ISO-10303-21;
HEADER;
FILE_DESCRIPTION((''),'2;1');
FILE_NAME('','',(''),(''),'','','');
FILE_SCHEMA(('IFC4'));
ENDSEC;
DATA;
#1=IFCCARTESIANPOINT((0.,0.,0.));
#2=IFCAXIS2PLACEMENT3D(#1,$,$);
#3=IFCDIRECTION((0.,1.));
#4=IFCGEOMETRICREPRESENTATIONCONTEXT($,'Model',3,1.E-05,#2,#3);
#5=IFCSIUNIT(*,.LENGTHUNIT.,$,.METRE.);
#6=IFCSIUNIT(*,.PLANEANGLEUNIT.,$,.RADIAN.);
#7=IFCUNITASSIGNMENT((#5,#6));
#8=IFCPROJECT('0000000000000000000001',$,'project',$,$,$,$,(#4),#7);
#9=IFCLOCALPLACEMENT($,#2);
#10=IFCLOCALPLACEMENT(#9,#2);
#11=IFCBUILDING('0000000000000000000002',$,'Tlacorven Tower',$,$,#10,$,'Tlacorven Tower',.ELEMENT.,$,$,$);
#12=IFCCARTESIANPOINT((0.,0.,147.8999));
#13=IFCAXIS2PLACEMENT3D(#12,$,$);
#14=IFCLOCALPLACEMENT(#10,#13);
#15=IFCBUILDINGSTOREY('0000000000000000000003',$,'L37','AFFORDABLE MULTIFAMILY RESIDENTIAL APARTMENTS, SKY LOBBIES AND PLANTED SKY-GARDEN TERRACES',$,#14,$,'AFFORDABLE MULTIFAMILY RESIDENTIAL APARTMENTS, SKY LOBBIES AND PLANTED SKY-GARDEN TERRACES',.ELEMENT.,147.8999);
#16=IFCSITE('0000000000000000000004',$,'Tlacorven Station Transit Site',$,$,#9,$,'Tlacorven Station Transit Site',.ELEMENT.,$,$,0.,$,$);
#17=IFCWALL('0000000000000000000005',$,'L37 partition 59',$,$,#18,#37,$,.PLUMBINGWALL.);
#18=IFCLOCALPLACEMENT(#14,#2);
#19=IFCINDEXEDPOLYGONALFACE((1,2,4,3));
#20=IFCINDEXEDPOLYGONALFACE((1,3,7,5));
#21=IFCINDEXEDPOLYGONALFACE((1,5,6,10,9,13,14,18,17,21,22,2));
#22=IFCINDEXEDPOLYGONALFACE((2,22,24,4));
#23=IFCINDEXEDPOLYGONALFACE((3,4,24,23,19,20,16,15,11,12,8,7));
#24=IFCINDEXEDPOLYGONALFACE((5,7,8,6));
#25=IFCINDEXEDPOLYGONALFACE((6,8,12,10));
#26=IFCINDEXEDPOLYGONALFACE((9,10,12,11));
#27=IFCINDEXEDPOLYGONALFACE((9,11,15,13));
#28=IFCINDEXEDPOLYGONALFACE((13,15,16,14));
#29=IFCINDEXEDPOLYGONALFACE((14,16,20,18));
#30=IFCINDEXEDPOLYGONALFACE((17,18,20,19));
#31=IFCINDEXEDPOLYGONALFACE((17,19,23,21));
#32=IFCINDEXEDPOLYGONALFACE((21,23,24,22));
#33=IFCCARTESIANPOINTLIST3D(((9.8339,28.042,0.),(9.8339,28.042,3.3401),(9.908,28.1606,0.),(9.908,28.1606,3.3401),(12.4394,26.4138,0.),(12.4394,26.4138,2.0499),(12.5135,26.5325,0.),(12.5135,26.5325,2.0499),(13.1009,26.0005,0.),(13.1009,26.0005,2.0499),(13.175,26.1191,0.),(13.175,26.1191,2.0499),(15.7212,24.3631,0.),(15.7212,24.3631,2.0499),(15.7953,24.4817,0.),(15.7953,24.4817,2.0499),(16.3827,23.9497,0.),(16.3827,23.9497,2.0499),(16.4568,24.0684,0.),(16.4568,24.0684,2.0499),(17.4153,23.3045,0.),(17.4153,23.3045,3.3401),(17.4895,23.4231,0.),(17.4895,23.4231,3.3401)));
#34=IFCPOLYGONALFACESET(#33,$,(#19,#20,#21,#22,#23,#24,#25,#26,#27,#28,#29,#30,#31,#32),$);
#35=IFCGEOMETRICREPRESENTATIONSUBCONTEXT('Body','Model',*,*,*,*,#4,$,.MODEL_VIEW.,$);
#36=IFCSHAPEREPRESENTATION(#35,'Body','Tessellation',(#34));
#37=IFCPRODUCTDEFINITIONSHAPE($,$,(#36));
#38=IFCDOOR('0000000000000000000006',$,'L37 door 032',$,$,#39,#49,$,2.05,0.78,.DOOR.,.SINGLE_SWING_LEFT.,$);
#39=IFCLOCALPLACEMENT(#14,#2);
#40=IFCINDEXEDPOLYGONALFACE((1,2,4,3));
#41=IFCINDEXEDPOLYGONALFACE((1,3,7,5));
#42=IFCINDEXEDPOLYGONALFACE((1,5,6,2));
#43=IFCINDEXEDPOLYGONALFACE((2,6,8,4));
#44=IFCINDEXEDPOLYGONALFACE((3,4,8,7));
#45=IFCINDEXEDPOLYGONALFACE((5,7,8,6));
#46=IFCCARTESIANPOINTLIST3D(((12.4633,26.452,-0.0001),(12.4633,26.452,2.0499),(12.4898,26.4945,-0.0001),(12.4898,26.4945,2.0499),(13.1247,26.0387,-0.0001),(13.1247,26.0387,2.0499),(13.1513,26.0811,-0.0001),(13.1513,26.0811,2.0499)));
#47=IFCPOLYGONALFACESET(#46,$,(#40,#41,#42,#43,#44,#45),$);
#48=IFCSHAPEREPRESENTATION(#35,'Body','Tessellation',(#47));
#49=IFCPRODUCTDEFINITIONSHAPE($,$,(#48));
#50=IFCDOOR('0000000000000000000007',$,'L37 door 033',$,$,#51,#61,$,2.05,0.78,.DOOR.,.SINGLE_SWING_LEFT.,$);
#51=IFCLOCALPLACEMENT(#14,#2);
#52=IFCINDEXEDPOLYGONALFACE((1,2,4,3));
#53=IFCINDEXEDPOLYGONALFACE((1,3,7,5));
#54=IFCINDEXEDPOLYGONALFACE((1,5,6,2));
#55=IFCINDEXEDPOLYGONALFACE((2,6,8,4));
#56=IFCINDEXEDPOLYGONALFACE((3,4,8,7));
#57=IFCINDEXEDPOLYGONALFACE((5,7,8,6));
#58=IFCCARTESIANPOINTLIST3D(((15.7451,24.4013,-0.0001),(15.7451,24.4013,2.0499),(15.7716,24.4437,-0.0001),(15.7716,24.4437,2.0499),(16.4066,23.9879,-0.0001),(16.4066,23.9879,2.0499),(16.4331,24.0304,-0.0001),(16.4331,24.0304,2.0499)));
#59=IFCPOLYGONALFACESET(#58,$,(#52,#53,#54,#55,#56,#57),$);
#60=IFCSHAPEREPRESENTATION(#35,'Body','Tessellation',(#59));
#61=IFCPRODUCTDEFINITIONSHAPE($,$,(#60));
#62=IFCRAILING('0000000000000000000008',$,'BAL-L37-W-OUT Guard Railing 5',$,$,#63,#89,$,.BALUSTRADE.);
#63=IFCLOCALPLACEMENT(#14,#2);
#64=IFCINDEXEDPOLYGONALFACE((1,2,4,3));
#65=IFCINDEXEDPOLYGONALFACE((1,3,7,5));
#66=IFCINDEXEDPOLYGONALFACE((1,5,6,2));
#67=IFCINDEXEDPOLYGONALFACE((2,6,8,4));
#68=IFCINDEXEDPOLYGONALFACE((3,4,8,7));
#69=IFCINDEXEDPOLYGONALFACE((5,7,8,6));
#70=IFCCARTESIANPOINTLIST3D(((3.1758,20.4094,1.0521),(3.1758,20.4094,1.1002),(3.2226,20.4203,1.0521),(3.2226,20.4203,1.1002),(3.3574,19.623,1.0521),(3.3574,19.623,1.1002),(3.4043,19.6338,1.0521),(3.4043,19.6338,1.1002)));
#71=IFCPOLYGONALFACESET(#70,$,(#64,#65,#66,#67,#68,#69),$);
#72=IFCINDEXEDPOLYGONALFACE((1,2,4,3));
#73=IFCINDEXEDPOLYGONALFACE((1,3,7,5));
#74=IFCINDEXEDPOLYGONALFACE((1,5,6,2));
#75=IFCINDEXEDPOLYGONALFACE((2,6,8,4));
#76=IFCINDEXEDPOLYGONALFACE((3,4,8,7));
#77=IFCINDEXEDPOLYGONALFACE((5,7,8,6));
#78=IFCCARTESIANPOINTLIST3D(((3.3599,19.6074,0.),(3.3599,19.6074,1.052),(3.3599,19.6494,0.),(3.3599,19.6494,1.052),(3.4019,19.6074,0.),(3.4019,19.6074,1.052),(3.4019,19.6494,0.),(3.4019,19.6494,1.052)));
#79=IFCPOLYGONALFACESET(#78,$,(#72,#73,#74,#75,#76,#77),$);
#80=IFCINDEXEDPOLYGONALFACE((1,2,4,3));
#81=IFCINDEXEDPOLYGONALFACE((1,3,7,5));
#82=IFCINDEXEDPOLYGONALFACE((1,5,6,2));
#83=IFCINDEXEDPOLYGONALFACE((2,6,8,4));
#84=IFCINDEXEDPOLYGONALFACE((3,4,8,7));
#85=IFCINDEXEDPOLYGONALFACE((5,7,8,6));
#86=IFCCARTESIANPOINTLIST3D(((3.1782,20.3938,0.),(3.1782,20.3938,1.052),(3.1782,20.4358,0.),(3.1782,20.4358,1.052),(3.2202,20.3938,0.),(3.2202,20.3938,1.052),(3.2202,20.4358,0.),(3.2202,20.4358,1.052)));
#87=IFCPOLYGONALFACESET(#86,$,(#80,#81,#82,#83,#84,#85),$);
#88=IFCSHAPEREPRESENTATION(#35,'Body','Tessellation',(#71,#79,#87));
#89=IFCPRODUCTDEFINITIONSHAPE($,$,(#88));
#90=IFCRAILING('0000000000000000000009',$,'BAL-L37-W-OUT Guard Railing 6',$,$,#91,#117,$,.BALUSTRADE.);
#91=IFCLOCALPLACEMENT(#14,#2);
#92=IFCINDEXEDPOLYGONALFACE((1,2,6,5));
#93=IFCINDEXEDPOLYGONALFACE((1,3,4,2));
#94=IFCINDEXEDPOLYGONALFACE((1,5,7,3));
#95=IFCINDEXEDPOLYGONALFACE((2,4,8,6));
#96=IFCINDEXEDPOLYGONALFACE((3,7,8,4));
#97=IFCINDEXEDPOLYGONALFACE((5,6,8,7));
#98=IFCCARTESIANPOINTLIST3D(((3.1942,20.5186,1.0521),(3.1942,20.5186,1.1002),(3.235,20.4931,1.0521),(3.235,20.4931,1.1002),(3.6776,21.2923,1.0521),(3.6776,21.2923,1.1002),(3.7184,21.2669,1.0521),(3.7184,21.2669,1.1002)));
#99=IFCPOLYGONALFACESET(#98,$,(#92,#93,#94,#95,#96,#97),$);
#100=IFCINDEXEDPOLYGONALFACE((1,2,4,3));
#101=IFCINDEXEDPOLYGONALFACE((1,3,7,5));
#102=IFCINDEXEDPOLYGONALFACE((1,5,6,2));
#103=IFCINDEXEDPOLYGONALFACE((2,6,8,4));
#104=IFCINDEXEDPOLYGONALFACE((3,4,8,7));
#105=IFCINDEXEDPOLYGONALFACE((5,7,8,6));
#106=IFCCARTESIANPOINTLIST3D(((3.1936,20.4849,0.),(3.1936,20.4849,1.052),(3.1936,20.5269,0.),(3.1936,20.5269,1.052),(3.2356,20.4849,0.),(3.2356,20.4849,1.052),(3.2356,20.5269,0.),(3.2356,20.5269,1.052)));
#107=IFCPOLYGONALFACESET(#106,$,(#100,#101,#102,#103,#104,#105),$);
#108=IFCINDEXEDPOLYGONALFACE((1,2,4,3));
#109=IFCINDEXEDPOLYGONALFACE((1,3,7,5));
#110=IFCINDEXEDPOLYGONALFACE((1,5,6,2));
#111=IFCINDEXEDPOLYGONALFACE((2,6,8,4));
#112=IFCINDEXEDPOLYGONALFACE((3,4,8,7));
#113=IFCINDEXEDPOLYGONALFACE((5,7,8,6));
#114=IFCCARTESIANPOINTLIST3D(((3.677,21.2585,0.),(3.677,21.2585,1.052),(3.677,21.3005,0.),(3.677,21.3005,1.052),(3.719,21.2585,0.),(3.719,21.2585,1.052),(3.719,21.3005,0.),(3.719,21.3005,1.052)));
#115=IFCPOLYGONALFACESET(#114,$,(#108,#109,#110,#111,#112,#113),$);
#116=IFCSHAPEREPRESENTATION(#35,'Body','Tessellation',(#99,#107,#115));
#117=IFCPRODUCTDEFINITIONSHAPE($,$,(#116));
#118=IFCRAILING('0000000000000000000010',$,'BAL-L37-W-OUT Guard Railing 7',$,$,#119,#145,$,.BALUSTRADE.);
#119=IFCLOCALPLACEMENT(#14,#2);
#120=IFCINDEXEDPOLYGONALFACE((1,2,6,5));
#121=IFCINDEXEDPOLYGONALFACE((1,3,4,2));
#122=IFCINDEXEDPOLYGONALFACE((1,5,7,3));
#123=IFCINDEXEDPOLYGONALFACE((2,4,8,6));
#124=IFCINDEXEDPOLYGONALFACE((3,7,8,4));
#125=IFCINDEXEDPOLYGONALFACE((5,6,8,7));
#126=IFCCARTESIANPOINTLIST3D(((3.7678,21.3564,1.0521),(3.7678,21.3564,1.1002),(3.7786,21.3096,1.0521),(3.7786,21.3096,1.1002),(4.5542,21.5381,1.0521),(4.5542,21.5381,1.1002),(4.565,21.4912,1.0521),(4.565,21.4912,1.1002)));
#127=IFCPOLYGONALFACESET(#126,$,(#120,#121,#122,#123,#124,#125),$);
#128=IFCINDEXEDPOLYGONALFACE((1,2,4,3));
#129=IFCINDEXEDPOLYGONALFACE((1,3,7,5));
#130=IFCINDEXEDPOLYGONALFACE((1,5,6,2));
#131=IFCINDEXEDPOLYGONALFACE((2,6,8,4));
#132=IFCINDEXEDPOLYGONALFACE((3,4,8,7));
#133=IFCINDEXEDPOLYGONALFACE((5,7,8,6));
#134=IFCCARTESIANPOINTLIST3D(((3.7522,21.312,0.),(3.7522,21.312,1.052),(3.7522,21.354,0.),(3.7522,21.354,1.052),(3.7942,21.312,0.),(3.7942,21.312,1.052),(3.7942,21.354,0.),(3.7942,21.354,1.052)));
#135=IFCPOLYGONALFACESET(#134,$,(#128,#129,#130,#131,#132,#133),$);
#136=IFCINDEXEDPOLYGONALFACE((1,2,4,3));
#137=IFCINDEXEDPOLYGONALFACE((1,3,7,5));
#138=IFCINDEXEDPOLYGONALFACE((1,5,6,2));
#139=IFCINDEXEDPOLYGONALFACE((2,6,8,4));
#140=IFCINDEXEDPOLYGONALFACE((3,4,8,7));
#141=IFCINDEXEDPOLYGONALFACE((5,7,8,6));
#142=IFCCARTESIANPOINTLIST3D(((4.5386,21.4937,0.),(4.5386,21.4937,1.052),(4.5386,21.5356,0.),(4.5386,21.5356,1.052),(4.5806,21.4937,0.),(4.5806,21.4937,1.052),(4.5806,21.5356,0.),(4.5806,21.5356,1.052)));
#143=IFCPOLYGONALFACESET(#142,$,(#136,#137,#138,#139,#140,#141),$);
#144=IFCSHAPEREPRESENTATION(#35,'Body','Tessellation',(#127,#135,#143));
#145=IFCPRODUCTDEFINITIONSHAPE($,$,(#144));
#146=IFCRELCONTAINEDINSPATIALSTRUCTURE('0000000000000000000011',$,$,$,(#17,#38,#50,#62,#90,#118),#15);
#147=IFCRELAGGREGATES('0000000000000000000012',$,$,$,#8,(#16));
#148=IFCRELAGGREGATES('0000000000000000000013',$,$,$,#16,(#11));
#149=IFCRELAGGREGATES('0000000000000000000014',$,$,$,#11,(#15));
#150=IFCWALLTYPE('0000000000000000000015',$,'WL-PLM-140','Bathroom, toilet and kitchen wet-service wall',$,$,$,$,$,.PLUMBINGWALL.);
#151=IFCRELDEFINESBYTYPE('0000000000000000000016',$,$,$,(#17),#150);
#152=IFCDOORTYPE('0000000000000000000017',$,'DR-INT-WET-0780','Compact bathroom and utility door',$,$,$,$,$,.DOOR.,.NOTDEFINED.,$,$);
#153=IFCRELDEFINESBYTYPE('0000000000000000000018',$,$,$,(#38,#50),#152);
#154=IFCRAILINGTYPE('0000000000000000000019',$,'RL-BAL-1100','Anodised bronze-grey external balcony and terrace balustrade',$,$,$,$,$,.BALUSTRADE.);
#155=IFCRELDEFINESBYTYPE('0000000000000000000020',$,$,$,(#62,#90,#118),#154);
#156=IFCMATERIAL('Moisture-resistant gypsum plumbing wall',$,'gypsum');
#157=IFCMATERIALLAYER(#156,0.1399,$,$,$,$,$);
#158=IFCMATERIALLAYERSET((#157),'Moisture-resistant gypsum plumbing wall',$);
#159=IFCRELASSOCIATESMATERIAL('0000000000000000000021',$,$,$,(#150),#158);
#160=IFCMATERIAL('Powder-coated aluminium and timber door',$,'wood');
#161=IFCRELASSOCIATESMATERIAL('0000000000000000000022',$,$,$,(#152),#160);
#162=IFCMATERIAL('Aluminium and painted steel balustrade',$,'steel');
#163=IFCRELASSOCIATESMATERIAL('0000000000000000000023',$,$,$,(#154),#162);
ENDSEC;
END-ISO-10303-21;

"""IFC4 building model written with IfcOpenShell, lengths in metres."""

from ifc_helpers import new_model, si_unit, direction, frame, frame_2d, origin, origin_2d, place, context, subcontext, project, spatial, rectangle, extrude, source, transform, mapped, material, layer, layer_set, type_object, element, fill, save


model = new_model("IFC4")

# Units and contexts
model_context = context("Model", 3, precision=1e-05, world=origin(), true_north=direction((0.0, 1.0)))
body_context = subcontext(model_context, "Body", "Model", "MODEL_VIEW")
ifc_project = project(units=[si_unit("LENGTHUNIT", "METRE"), si_unit("PLANEANGLEUNIT", "RADIAN")], contexts=[model_context])

# Site, building, storey
site_placement = place(None, origin())
site = spatial("IfcSite", under=ifc_project, at=site_placement, Name="Tlacorven Station Transit Site", LongName="Tlacorven Station Transit Site", CompositionType="ELEMENT", RefElevation=0.0)
building_placement = place(site_placement, origin())
building = spatial("IfcBuilding", under=site, at=building_placement, Name="Tlacorven Tower", LongName="Tlacorven Tower", CompositionType="ELEMENT")
storey_placement = place(building_placement, frame((0.0, 0.0, 147.8999)))
storey = spatial("IfcBuildingStorey", under=building, at=storey_placement, Name="L37", Description="AFFORDABLE MULTIFAMILY RESIDENTIAL APARTMENTS, SKY LOBBIES AND PLANTED SKY-GARDEN TERRACES", LongName="AFFORDABLE MULTIFAMILY RESIDENTIAL APARTMENTS, SKY LOBBIES AND PLANTED SKY-GARDEN TERRACES", CompositionType="ELEMENT", Elevation=147.8999)

# Shared definitions
ifc_material_1 = material(Name="Powder-coated aluminium and timber door", Category="wood")

# Shared definitions
ifc_material_2 = material(Name="Moisture-resistant gypsum plumbing wall", Category="gypsum")
ifc_layer_1 = layer(ifc_material_2, 0.1399)
ifc_layer_set_1 = layer_set([ifc_layer_1], Name="Moisture-resistant gypsum plumbing wall")
wall_type_1 = type_object("IfcWallType", Name="WL-PLM-140", Description="Bathroom, toilet and kitchen wet-service wall", PredefinedType="PLUMBINGWALL", material=ifc_layer_set_1)

# Wall, openings, doors
wall_1_placement = place(storey_placement, frame((17.4524, 23.3638, 0.0), z_axis=(0.0, 0.0, 1.0), x_axis=(-0.848044, 0.529925, 0.0)))
wall_1 = element("IfcWall", 1, at=wall_1_placement, inside=storey, type_object=wall_type_1, Name="L37 partition 59", PredefinedType="PLUMBINGWALL", context=body_context, shape_type="SweptSolid", body=[
    extrude(rectangle(XDim=8.9399, YDim=0.1399, at=frame_2d((4.47, 0.0))), origin(), (0.0, 0.0, 1.0), 3.3401),
])
opening_1_placement = place(wall_1_placement, frame((5.0874, 0.0, 0.0)))
opening_1 = element("IfcOpeningElement", 2, at=opening_1_placement, cuts=wall_1, PredefinedType="OPENING", context=body_context, shape_type="SweptSolid", body=[
    extrude(rectangle(XDim=0.78, YDim=2.05, at=frame_2d((0.3901, 1.0249))), frame((0.0, 0.0801, 0.0), z_axis=(0.0, -1.0, 0.0), x_axis=(1.0, 0.0, 0.0)), (0.0, 0.0, 1.0), 0.1599),
])
opening_2_placement = place(wall_1_placement, frame((1.2175, 0.0, 0.0)))
opening_2 = element("IfcOpeningElement", 3, at=opening_2_placement, cuts=wall_1, PredefinedType="OPENING", context=body_context, shape_type="SweptSolid", body=[
    extrude(rectangle(XDim=0.78, YDim=2.05, at=frame_2d((0.3901, 1.0249))), frame((0.0, 0.0801, 0.0), z_axis=(0.0, -1.0, 0.0), x_axis=(1.0, 0.0, 0.0)), (0.0, 0.0, 1.0), 0.1599),
])
door_type_1 = type_object("IfcDoorType", Name="DR-INT-WET-0780", Description="Compact bathroom and utility door", OperationType="NOTDEFINED", PredefinedType="DOOR", material=ifc_material_1)
shared_shape_1 = source(origin(), body_context, "Body", "SweptSolid", [
    extrude(rectangle(XDim=0.78, YDim=2.05, at=frame_2d((0.3901, 1.0249))), frame((0.0, 0.0249, 0.0), z_axis=(0.0, -1.0, 0.0), x_axis=(1.0, 0.0, 0.0)), (0.0, 0.0, 1.0), 0.05),
])
door_1_placement = place(opening_1_placement, origin())
door_1 = element("IfcDoor", 4, at=door_1_placement, inside=storey, type_object=door_type_1, Name="L37 door 032", OperationType="SINGLE_SWING_LEFT", OverallHeight=2.05, OverallWidth=0.78, PredefinedType="DOOR", context=body_context, shape_type="MappedRepresentation", body=[
    mapped(shared_shape_1, transform((0.0, 0.0, 0.0), scale=1.0)),
])
fill(opening_1, door_1)
door_2_placement = place(opening_2_placement, origin())
door_2 = element("IfcDoor", 5, at=door_2_placement, inside=storey, type_object=door_type_1, Name="L37 door 033", OperationType="SINGLE_SWING_LEFT", OverallHeight=2.05, OverallWidth=0.78, PredefinedType="DOOR", context=body_context, shape_type="MappedRepresentation", body=[
    mapped(shared_shape_1, transform((0.0, 0.0, 0.0), scale=1.0)),
])
fill(opening_2, door_2)

# Railings
ifc_material_3 = material(Name="Aluminium and painted steel balustrade", Category="steel")
railing_type = type_object("IfcRailingType", Name="RL-BAL-1100", Description="Anodised bronze-grey external balcony and terrace balustrade", PredefinedType="BALUSTRADE", material=ifc_material_3)
shared_shape_2 = source(origin(), body_context, "Body", "SweptSolid", [
    extrude(rectangle(XDim=0.0481, YDim=0.0481, at=origin_2d()), frame((0.0, 0.0, 1.0762), z_axis=(-0.225058, 0.974345, 0.0), x_axis=(-0.974345, -0.225058, 0.0)), (0.0, 0.0, 1.0), 0.8071),
    extrude(rectangle(XDim=0.042, YDim=0.042, at=origin_2d()), origin(), (0.0, 0.0, 1.0), 1.052),
    extrude(rectangle(XDim=0.042, YDim=0.042, at=origin_2d()), frame((-0.1816, 0.7864, 0.0)), (0.0, 0.0, 1.0), 1.052),
])
railing_1_placement = place(storey_placement, frame((3.3809, 19.6284, 0.0)))
element("IfcRailing", 6, at=railing_1_placement, inside=storey, type_object=railing_type, Name="BAL-L37-W-OUT Guard Railing 5", PredefinedType="BALUSTRADE", context=body_context, shape_type="MappedRepresentation", body=[
    mapped(shared_shape_2, transform((0.0, 0.0, 0.0), scale=1.0)),
])
shared_shape_3 = source(origin(), body_context, "Body", "SweptSolid", [
    extrude(rectangle(XDim=0.0481, YDim=0.0481, at=origin_2d()), frame((0.0, 0.0, 1.0762), z_axis=(0.529879, 0.848073, 0.0), x_axis=(-0.848073, 0.529879, 0.0)), (0.0, 0.0, 1.0), 0.9124),
    extrude(rectangle(XDim=0.042, YDim=0.042, at=origin_2d()), origin(), (0.0, 0.0, 1.0), 1.052),
    extrude(rectangle(XDim=0.042, YDim=0.042, at=origin_2d()), frame((0.4834, 0.7737, 0.0)), (0.0, 0.0, 1.0), 1.052),
])
railing_2_placement = place(storey_placement, frame((3.2146, 20.5059, 0.0)))
element("IfcRailing", 7, at=railing_2_placement, inside=storey, type_object=railing_type, Name="BAL-L37-W-OUT Guard Railing 6", PredefinedType="BALUSTRADE", context=body_context, shape_type="MappedRepresentation", body=[
    mapped(shared_shape_3, transform((0.0, 0.0, 0.0), scale=1.0)),
])
shared_shape_4 = source(origin(), body_context, "Body", "SweptSolid", [
    extrude(rectangle(XDim=0.0481, YDim=0.0481, at=origin_2d()), frame((0.0, 0.0, 1.0762), z_axis=(0.974345, 0.225058, 0.0), x_axis=(-0.225058, 0.974345, 0.0)), (0.0, 0.0, 1.0), 0.8071),
    extrude(rectangle(XDim=0.042, YDim=0.042, at=origin_2d()), origin(), (0.0, 0.0, 1.0), 1.052),
    extrude(rectangle(XDim=0.042, YDim=0.042, at=origin_2d()), frame((0.7864, 0.1816, 0.0)), (0.0, 0.0, 1.0), 1.052),
])
railing_3_placement = place(storey_placement, frame((3.7732, 21.333, 0.0)))
element("IfcRailing", 8, at=railing_3_placement, inside=storey, type_object=railing_type, Name="BAL-L37-W-OUT Guard Railing 7", PredefinedType="BALUSTRADE", context=body_context, shape_type="MappedRepresentation", body=[
    mapped(shared_shape_4, transform((0.0, 0.0, 0.0), scale=1.0)),
])

save(model, "model.ifc")
